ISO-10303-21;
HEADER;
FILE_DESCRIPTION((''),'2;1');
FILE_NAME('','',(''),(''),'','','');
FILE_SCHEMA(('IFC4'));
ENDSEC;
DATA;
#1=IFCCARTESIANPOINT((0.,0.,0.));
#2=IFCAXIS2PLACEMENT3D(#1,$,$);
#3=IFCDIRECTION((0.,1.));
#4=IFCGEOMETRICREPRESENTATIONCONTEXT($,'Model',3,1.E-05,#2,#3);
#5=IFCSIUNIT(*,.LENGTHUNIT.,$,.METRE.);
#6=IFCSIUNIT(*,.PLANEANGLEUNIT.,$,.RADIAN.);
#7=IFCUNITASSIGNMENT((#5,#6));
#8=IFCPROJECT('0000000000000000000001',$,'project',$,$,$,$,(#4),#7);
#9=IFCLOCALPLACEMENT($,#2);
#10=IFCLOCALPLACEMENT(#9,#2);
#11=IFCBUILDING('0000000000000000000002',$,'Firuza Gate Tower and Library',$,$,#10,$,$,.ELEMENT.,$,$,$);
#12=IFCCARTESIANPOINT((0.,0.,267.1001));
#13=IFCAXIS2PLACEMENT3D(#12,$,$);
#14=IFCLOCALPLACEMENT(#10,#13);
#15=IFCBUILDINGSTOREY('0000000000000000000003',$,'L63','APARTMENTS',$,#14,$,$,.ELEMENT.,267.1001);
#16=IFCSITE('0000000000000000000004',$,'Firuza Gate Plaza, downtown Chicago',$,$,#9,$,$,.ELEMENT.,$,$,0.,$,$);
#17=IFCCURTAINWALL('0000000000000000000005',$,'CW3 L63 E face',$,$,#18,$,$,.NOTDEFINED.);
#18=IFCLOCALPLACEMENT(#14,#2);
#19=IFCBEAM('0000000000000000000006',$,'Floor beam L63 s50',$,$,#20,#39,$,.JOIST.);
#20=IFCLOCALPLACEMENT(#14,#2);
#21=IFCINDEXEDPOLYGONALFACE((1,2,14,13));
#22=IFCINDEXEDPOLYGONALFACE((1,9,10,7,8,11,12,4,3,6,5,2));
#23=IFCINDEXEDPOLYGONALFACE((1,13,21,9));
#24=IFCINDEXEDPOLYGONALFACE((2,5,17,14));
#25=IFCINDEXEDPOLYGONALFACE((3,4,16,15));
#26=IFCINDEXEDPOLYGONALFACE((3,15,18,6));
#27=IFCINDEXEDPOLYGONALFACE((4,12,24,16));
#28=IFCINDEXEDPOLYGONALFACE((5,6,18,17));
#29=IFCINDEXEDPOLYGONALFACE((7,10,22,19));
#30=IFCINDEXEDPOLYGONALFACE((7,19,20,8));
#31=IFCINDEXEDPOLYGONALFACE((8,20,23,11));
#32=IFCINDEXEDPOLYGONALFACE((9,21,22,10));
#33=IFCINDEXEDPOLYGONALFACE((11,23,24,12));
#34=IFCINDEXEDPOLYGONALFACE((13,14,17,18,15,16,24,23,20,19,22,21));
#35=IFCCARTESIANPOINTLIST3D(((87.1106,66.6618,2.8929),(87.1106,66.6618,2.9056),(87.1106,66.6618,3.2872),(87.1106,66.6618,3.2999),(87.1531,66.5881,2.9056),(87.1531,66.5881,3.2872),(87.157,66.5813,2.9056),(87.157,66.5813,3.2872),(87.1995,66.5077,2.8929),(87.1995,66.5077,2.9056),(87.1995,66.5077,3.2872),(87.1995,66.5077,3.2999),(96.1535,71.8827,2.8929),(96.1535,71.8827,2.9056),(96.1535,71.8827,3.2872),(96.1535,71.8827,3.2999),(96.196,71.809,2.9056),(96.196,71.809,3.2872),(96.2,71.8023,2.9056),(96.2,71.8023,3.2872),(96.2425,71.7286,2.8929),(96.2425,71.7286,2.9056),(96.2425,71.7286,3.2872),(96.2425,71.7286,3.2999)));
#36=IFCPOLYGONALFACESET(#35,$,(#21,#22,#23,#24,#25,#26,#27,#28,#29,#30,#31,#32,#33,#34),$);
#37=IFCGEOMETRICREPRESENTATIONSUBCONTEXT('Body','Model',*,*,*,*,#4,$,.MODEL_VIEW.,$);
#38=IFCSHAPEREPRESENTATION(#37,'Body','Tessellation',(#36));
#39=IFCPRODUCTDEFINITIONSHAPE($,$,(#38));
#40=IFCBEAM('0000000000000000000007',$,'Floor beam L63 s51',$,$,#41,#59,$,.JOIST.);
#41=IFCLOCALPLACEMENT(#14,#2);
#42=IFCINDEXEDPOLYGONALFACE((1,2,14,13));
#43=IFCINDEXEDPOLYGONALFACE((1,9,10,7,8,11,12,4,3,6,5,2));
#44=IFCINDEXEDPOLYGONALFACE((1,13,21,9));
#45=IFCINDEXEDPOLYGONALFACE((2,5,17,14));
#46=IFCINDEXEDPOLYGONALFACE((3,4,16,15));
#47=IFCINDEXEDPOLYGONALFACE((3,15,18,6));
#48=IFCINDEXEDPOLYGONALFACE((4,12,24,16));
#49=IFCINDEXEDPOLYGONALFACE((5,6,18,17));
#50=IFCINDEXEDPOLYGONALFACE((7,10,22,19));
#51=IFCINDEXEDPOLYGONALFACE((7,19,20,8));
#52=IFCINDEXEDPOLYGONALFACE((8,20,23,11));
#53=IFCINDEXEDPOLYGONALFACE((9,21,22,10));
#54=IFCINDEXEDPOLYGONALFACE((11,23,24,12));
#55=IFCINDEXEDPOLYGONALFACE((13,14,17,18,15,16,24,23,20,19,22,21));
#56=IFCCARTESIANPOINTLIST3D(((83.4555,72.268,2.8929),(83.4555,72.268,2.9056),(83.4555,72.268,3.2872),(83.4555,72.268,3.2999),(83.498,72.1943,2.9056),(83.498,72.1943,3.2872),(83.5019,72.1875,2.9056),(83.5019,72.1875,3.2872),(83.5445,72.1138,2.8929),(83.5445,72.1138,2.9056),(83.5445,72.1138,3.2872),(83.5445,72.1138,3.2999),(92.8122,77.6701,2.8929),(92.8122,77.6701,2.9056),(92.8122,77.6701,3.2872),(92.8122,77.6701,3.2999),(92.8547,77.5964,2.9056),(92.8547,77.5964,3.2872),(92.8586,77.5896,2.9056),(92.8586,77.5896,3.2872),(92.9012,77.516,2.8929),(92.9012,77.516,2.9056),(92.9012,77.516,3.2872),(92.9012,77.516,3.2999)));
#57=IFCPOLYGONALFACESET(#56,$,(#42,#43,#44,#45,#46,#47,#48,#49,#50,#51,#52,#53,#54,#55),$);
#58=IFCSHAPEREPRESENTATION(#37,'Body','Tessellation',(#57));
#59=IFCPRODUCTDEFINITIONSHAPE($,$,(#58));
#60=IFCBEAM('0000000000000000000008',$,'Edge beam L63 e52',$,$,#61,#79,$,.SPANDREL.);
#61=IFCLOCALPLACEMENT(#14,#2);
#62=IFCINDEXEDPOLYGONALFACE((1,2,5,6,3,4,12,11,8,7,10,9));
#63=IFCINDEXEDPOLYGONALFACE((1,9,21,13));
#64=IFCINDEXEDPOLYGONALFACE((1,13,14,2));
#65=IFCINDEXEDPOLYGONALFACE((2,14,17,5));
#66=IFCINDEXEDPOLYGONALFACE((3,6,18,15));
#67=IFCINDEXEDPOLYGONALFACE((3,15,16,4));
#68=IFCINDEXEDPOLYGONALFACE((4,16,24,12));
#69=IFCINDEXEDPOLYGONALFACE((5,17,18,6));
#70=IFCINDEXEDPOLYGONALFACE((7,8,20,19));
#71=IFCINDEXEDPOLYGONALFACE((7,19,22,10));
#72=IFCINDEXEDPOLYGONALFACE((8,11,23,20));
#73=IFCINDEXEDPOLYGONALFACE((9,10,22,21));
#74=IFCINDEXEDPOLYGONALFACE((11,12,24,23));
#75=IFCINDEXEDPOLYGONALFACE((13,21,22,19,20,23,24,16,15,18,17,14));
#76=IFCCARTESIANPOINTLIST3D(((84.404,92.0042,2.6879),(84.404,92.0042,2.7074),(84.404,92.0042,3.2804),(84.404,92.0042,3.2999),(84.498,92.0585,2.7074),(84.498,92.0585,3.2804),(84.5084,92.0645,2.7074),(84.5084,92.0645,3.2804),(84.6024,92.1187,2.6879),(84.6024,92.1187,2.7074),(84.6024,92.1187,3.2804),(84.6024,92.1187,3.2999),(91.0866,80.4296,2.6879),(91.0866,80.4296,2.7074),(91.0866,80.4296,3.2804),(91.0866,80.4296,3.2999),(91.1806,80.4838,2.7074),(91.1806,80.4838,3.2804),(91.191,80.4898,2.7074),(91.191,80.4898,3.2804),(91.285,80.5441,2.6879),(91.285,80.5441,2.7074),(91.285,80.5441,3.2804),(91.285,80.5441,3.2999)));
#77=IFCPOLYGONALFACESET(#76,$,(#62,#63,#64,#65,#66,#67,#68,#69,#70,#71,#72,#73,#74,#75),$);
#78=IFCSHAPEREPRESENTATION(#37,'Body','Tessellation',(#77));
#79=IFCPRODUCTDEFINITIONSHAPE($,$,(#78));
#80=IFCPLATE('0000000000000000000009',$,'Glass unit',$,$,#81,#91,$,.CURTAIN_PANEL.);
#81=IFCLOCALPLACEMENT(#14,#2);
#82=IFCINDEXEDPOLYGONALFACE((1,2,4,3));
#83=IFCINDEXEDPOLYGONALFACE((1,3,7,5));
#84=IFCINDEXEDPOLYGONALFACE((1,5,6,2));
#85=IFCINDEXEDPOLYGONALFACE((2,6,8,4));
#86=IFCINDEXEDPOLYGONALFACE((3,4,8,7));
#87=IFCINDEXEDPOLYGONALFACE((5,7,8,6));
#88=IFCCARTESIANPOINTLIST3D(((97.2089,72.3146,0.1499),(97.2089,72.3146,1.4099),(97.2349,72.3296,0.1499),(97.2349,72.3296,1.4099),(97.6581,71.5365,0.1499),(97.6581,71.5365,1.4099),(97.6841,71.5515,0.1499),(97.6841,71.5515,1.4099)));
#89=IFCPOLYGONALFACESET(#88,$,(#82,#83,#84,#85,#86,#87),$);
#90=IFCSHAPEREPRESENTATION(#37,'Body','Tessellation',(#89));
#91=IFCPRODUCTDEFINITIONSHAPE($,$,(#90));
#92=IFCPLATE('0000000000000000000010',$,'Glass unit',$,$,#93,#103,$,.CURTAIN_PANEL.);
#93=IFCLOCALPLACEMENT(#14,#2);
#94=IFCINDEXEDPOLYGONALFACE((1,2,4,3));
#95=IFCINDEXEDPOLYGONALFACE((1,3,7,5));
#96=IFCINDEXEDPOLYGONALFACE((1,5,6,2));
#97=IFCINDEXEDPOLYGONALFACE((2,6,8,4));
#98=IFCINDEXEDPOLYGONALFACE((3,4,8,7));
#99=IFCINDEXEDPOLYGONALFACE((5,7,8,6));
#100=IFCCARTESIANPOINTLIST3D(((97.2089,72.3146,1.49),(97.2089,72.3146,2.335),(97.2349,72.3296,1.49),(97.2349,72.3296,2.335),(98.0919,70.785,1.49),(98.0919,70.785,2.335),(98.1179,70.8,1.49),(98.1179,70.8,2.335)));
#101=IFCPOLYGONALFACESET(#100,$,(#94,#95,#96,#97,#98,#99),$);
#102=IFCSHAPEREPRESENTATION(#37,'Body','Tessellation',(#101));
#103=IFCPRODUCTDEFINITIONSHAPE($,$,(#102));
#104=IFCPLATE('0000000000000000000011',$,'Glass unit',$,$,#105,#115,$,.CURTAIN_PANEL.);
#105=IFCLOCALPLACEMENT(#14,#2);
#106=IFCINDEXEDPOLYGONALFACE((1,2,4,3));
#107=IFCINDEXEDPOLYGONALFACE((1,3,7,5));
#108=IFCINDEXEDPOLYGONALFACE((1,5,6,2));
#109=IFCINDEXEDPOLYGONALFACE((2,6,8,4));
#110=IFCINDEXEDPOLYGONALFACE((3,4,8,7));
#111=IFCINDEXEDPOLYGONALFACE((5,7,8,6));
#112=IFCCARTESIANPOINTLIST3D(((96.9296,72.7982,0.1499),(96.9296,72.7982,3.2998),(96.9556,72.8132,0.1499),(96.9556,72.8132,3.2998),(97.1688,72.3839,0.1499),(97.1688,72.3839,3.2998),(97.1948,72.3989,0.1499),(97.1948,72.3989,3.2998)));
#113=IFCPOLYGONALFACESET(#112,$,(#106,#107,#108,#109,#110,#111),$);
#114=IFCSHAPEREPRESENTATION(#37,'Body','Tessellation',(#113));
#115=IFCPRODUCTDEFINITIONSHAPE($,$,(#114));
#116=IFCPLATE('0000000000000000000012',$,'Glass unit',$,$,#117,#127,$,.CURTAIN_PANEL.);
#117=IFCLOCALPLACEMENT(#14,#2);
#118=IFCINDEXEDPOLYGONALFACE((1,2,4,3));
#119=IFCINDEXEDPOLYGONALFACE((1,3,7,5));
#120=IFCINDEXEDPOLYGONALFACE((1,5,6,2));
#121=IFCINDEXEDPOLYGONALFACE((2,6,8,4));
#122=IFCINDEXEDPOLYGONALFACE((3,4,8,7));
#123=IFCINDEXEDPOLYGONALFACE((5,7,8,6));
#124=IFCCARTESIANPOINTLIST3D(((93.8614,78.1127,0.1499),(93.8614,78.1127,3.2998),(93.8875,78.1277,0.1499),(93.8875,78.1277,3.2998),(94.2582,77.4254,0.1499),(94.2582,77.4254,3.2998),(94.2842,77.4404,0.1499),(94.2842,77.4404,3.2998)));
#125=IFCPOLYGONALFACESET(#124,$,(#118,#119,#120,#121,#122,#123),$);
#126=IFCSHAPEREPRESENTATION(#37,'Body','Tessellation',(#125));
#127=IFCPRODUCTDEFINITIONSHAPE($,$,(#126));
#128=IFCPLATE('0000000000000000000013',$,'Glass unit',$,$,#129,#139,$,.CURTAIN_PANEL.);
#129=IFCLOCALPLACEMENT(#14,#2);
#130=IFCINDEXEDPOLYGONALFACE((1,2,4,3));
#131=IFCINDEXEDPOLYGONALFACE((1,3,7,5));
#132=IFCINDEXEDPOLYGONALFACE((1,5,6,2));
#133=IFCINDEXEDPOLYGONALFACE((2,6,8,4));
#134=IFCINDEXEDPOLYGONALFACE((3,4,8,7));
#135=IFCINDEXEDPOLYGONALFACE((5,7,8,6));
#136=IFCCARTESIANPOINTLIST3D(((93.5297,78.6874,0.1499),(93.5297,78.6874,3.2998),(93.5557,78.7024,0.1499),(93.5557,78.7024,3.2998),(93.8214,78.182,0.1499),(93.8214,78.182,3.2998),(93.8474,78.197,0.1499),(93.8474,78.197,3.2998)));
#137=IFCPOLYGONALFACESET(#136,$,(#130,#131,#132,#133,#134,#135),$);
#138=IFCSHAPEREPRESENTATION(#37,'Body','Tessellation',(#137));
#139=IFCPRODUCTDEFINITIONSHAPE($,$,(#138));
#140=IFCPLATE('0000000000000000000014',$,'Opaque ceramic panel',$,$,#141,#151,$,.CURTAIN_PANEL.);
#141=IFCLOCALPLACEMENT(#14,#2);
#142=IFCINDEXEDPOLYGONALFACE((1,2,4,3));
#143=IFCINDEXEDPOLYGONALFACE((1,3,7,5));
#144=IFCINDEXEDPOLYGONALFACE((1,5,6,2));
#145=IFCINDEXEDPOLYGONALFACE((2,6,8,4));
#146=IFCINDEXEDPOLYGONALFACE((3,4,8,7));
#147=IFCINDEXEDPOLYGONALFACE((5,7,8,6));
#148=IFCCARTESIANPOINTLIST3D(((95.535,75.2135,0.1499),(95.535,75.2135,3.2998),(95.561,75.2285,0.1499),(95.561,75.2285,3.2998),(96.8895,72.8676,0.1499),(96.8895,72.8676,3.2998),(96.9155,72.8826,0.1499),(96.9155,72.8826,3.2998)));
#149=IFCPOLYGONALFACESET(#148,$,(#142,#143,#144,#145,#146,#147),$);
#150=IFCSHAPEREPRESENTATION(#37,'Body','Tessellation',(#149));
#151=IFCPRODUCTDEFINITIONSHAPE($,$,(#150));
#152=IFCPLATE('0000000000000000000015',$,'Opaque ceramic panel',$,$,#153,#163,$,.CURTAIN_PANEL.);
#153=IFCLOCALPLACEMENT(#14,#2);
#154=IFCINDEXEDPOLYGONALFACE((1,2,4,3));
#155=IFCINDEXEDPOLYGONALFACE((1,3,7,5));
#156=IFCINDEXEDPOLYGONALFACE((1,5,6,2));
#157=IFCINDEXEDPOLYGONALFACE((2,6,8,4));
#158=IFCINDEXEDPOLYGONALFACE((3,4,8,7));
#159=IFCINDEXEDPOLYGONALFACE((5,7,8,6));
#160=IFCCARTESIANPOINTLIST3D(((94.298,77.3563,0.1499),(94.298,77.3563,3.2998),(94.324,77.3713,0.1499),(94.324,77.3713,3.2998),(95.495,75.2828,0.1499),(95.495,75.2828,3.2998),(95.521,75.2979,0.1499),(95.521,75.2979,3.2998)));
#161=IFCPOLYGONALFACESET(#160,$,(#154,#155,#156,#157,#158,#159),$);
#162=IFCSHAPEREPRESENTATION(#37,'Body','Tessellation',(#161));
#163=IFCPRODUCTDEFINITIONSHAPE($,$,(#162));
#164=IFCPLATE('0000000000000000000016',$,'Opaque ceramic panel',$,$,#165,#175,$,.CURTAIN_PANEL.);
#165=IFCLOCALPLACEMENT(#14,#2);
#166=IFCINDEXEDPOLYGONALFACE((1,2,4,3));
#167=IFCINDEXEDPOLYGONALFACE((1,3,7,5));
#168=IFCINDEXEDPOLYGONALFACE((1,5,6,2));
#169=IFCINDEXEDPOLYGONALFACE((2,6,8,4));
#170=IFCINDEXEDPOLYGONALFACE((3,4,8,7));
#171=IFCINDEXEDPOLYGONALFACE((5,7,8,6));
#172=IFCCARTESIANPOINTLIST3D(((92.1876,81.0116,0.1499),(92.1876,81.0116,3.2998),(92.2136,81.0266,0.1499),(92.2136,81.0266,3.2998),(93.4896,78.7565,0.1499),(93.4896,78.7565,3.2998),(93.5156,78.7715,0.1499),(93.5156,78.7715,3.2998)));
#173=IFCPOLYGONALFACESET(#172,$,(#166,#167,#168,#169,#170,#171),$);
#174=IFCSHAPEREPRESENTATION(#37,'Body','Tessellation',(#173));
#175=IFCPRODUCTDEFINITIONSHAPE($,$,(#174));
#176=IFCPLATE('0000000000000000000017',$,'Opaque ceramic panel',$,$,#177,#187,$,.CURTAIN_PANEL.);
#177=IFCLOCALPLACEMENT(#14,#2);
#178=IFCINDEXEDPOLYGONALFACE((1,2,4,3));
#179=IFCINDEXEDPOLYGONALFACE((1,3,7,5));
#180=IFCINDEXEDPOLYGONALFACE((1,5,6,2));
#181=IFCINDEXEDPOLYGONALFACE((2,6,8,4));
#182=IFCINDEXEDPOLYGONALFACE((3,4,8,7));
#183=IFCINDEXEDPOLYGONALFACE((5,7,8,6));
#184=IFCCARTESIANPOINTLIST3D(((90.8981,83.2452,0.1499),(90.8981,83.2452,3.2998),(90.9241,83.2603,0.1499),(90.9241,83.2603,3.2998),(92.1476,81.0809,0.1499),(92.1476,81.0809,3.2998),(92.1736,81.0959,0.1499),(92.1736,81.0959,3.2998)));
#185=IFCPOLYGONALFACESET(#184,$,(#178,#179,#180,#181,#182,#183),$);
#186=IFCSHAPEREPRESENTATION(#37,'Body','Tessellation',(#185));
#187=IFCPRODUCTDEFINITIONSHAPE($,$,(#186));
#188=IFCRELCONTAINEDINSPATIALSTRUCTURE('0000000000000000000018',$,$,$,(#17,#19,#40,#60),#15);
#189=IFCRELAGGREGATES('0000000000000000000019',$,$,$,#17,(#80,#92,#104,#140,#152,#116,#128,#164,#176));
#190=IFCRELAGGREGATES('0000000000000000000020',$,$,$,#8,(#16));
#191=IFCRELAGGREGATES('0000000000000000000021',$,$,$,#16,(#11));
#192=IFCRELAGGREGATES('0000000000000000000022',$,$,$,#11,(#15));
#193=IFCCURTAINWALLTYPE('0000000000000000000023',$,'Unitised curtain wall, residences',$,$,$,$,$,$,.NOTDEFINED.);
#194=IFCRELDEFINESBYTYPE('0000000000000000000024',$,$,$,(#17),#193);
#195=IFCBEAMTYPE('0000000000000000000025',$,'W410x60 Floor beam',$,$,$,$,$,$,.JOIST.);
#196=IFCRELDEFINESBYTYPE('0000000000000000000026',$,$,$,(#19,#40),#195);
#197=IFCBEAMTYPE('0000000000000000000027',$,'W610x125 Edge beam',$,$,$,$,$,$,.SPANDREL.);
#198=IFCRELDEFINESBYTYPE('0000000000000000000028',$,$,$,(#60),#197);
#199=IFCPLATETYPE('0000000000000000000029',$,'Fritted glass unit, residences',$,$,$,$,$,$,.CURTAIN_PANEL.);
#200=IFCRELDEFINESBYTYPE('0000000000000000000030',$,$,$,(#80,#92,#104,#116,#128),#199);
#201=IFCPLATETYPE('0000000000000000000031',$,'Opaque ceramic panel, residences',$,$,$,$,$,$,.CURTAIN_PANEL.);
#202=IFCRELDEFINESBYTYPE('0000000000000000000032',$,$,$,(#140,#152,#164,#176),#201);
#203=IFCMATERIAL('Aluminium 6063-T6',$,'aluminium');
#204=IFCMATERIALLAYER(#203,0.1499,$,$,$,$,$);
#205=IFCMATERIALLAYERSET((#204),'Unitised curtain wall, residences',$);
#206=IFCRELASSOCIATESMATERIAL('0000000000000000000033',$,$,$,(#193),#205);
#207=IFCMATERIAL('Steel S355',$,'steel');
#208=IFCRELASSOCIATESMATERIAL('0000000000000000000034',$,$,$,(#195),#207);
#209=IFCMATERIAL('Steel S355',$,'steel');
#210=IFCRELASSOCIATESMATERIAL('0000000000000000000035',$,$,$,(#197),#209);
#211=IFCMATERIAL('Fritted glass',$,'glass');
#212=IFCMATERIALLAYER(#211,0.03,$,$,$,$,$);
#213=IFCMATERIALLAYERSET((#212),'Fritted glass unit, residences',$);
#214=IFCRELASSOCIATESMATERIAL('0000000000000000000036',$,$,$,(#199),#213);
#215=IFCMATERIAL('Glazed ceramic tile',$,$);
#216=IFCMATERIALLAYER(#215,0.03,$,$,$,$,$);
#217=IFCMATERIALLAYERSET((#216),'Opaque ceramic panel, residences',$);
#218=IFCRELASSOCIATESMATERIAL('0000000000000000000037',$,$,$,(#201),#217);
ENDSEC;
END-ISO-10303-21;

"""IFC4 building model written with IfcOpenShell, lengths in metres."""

from ifc_helpers import new_model, si_unit, direction, frame, origin, origin_2d, place, context, subcontext, project, spatial, polyline, i_section, outline, extrude, material, layer, layer_set, material_profile, profile_set, type_object, element, aggregate, save


model = new_model("IFC4")

# Units and contexts
model_context = context("Model", 3, precision=1e-05, world=origin(), true_north=direction((0.0, 1.0)))
body_context = subcontext(model_context, "Body", "Model", "MODEL_VIEW")
ifc_project = project(units=[si_unit("LENGTHUNIT", "METRE"), si_unit("PLANEANGLEUNIT", "RADIAN")], contexts=[model_context])

# Site, building, storey
site_placement = place(None, origin())
site = spatial("IfcSite", under=ifc_project, at=site_placement, Name="Firuza Gate Plaza, downtown Chicago", CompositionType="ELEMENT", RefElevation=0.0)
building_placement = place(site_placement, origin())
building = spatial("IfcBuilding", under=site, at=building_placement, Name="Firuza Gate Tower and Library", CompositionType="ELEMENT")
storey_placement = place(building_placement, frame((0.0, 0.0, 267.1001)))
storey = spatial("IfcBuildingStorey", under=building, at=storey_placement, Name="L63", Description="APARTMENTS", CompositionType="ELEMENT", Elevation=267.1001)

# Curtain wall
ifc_material_1 = material(Name="Aluminium 6063-T6", Category="aluminium")
ifc_layer_1 = layer(ifc_material_1, 0.1499)
ifc_layer_set_1 = layer_set([ifc_layer_1], Name="Unitised curtain wall, residences")
curtain_wall_type = type_object("IfcCurtainWallType", Name="Unitised curtain wall, residences", PredefinedType="NOTDEFINED", material=ifc_layer_set_1)
curtain_wall_placement = place(storey_placement, origin())
curtain_wall = element("IfcCurtainWall", 1, at=curtain_wall_placement, inside=storey, type_object=curtain_wall_type, Name="CW3 L63 E face", PredefinedType="NOTDEFINED")

# Beams
ifc_material_2 = material(Name="Steel S355", Category="steel")
ifc_material_profile_1 = material_profile(ifc_material_2, i_section(OverallWidth=0.178, OverallDepth=0.407, WebThickness=0.0078, FlangeThickness=0.0127, at=origin_2d()))
ifc_profile_set_1 = profile_set([ifc_material_profile_1], Name="Steel S355")
beam_type_1 = type_object("IfcBeamType", Name="W410x60 Floor beam", PredefinedType="JOIST", material=ifc_profile_set_1)
beam_1_placement = place(storey_placement, frame((96.198, 71.8057, 3.0964), z_axis=(-0.866026, -0.499999, 0.0), x_axis=(0.499999, -0.866026, 0.0)))
element("IfcBeam", 2, at=beam_1_placement, inside=storey, type_object=beam_type_1, Name="Floor beam L63 s50", PredefinedType="JOIST", context=body_context, shape_type="SweptSolid", body=[
    extrude(i_section(OverallWidth=0.178, OverallDepth=0.407, WebThickness=0.0078, FlangeThickness=0.0127, at=origin_2d()), origin(), (0.0, 0.0, 1.0), 10.4419),
])
beam_2_placement = place(storey_placement, frame((92.8567, 77.593, 3.0964), z_axis=(-0.866025, -0.500001, 0.0), x_axis=(0.500001, -0.866025, 0.0)))
element("IfcBeam", 3, at=beam_2_placement, inside=storey, type_object=beam_type_1, Name="Floor beam L63 s51", PredefinedType="JOIST", context=body_context, shape_type="SweptSolid", body=[
    extrude(i_section(OverallWidth=0.178, OverallDepth=0.407, WebThickness=0.0078, FlangeThickness=0.0127, at=origin_2d()), origin(), (0.0, 0.0, 1.0), 10.8042),
])
ifc_material_3 = material(Name="Steel S355", Category="steel")
ifc_material_profile_2 = material_profile(ifc_material_3, i_section(OverallWidth=0.229, OverallDepth=0.6121, WebThickness=0.012, FlangeThickness=0.0195, at=origin_2d()))
ifc_profile_set_2 = profile_set([ifc_material_profile_2], Name="Steel S355")
beam_type_2 = type_object("IfcBeamType", Name="W610x125 Edge beam", PredefinedType="SPANDREL", material=ifc_profile_set_2)
beam_3_placement = place(storey_placement, frame((91.1858, 80.4868, 2.9939), z_axis=(-0.499998, 0.866027, 0.0), x_axis=(-0.866027, -0.499998, 0.0)))
element("IfcBeam", 4, at=beam_3_placement, inside=storey, type_object=beam_type_2, Name="Edge beam L63 e52", PredefinedType="SPANDREL", context=body_context, shape_type="SweptSolid", body=[
    extrude(i_section(OverallWidth=0.229, OverallDepth=0.6121, WebThickness=0.012, FlangeThickness=0.0195, at=origin_2d()), origin(), (0.0, 0.0, 1.0), 13.3652),
])

# Plates
ifc_material_4 = material(Name="Fritted glass", Category="glass")
ifc_layer_2 = layer(ifc_material_4, 0.03)
ifc_layer_set_2 = layer_set([ifc_layer_2], Name="Fritted glass unit, residences")
plate_type_1 = type_object("IfcPlateType", Name="Fritted glass unit, residences", PredefinedType="CURTAIN_PANEL", material=ifc_layer_set_2)
plate_1_placement = place(storey_placement, frame((97.6841, 71.5515, 0.1499), z_axis=(0.866027, 0.499997, 0.0), x_axis=(-0.499997, 0.866027, 0.0)))
plate_1 = element("IfcPlate", 5, at=plate_1_placement, type_object=plate_type_1, Name="Glass unit", PredefinedType="CURTAIN_PANEL", context=body_context, shape_type="SweptSolid", body=[
    extrude(outline(polyline([(0.0, 0.0), (0.8984, 0.0), (0.8984, 1.26), (0.0, 1.26), (0.0, 0.0)])), origin(), (0.0, 0.0, -1.0), 0.03),
])
plate_2_placement = place(storey_placement, frame((98.1179, 70.8, 1.49), z_axis=(0.866031, 0.49999, 0.0), x_axis=(-0.49999, 0.866031, 0.0)))
plate_2 = element("IfcPlate", 6, at=plate_2_placement, type_object=plate_type_1, Name="Glass unit", PredefinedType="CURTAIN_PANEL", context=body_context, shape_type="SweptSolid", body=[
    extrude(outline(polyline([(0.0, 0.0), (1.7661, 0.0), (1.7661, 0.845), (0.0, 0.845), (0.0, 0.0)])), origin(), (0.0, 0.0, -1.0), 0.03),
])
plate_3_placement = place(storey_placement, frame((97.1948, 72.3989, 0.1499), z_axis=(0.865973, 0.500091, 0.0), x_axis=(-0.500091, 0.865973, 0.0)))
plate_3 = element("IfcPlate", 7, at=plate_3_placement, type_object=plate_type_1, Name="Glass unit", PredefinedType="CURTAIN_PANEL", context=body_context, shape_type="SweptSolid", body=[
    extrude(outline(polyline([(0.0, 0.0), (0.4784, 0.0), (0.4784, 3.1499), (0.0, 3.1499), (0.0, 0.0)])), origin(), (0.0, 0.0, -1.0), 0.03),
])
plate_4_placement = place(storey_placement, frame((94.2842, 77.4404, 0.1499), z_axis=(0.866058, 0.499944, 0.0), x_axis=(-0.499944, 0.866058, 0.0)))
plate_4 = element("IfcPlate", 8, at=plate_4_placement, type_object=plate_type_1, Name="Glass unit", PredefinedType="CURTAIN_PANEL", context=body_context, shape_type="SweptSolid", body=[
    extrude(outline(polyline([(0.0, 0.0), (0.7935, 0.0), (0.7935, 3.1499), (0.0, 3.1499), (0.0, 0.0)])), origin(), (0.0, 0.0, -1.0), 0.03),
])
plate_5_placement = place(storey_placement, frame((93.8474, 78.197, 0.1499), z_axis=(0.866046, 0.499964, 0.0), x_axis=(-0.499964, 0.866046, 0.0)))
plate_5 = element("IfcPlate", 9, at=plate_5_placement, type_object=plate_type_1, Name="Glass unit", PredefinedType="CURTAIN_PANEL", context=body_context, shape_type="SweptSolid", body=[
    extrude(outline(polyline([(0.0, 0.0), (0.5835, 0.0), (0.5835, 3.1499), (0.0, 3.1499), (0.0, 0.0)])), origin(), (0.0, 0.0, -1.0), 0.03),
])
ifc_material_5 = material(Name="Glazed ceramic tile")
ifc_layer_3 = layer(ifc_material_5, 0.03)
ifc_layer_set_3 = layer_set([ifc_layer_3], Name="Opaque ceramic panel, residences")
plate_type_2 = type_object("IfcPlateType", Name="Opaque ceramic panel, residences", PredefinedType="CURTAIN_PANEL", material=ifc_layer_set_3)
plate_6_placement = place(storey_placement, frame((96.9155, 72.8826, 0.1499), z_axis=(0.866016, 0.500016, 0.0), x_axis=(-0.500016, 0.866016, 0.0)))
plate_6 = element("IfcPlate", 10, at=plate_6_placement, type_object=plate_type_2, Name="Opaque ceramic panel", PredefinedType="CURTAIN_PANEL", context=body_context, shape_type="SweptSolid", body=[
    extrude(outline(polyline([(0.0, 0.0), (2.7089, 0.0), (2.7089, 3.1499), (0.0, 3.1499), (0.0, 0.0)])), origin(), (0.0, 0.0, -1.0), 0.03),
])
plate_7_placement = place(storey_placement, frame((95.521, 75.2979, 0.1499), z_axis=(0.866045, 0.499967, 0.0), x_axis=(-0.499967, 0.866045, 0.0)))
plate_7 = element("IfcPlate", 11, at=plate_7_placement, type_object=plate_type_2, Name="Opaque ceramic panel", PredefinedType="CURTAIN_PANEL", context=body_context, shape_type="SweptSolid", body=[
    extrude(outline(polyline([(0.0, 0.0), (2.3942, 0.0), (2.3942, 3.1499), (0.0, 3.1499), (0.0, 0.0)])), origin(), (0.0, 0.0, -1.0), 0.03),
])
plate_8_placement = place(storey_placement, frame((93.5156, 78.7715, 0.1499), z_axis=(0.866025, 0.500001, 0.0), x_axis=(-0.500001, 0.866025, 0.0)))
plate_8 = element("IfcPlate", 12, at=plate_8_placement, type_object=plate_type_2, Name="Opaque ceramic panel", PredefinedType="CURTAIN_PANEL", context=body_context, shape_type="SweptSolid", body=[
    extrude(outline(polyline([(0.0, 0.0), (2.604, 0.0), (2.604, 3.1499), (0.0, 3.1499), (0.0, 0.0)])), origin(), (0.0, 0.0, -1.0), 0.03),
])
plate_9_placement = place(storey_placement, frame((92.1736, 81.0959, 0.1499), z_axis=(0.866034, 0.499985, 0.0), x_axis=(-0.499985, 0.866034, 0.0)))
plate_9 = element("IfcPlate", 13, at=plate_9_placement, type_object=plate_type_2, Name="Opaque ceramic panel", PredefinedType="CURTAIN_PANEL", context=body_context, shape_type="SweptSolid", body=[
    extrude(outline(polyline([(0.0, 0.0), (2.4991, 0.0), (2.4991, 3.1499), (0.0, 3.1499), (0.0, 0.0)])), origin(), (0.0, 0.0, -1.0), 0.03),
])
aggregate(curtain_wall, [plate_1, plate_2, plate_3, plate_6, plate_7, plate_4, plate_5, plate_8, plate_9])

save(model, "model.ifc")
